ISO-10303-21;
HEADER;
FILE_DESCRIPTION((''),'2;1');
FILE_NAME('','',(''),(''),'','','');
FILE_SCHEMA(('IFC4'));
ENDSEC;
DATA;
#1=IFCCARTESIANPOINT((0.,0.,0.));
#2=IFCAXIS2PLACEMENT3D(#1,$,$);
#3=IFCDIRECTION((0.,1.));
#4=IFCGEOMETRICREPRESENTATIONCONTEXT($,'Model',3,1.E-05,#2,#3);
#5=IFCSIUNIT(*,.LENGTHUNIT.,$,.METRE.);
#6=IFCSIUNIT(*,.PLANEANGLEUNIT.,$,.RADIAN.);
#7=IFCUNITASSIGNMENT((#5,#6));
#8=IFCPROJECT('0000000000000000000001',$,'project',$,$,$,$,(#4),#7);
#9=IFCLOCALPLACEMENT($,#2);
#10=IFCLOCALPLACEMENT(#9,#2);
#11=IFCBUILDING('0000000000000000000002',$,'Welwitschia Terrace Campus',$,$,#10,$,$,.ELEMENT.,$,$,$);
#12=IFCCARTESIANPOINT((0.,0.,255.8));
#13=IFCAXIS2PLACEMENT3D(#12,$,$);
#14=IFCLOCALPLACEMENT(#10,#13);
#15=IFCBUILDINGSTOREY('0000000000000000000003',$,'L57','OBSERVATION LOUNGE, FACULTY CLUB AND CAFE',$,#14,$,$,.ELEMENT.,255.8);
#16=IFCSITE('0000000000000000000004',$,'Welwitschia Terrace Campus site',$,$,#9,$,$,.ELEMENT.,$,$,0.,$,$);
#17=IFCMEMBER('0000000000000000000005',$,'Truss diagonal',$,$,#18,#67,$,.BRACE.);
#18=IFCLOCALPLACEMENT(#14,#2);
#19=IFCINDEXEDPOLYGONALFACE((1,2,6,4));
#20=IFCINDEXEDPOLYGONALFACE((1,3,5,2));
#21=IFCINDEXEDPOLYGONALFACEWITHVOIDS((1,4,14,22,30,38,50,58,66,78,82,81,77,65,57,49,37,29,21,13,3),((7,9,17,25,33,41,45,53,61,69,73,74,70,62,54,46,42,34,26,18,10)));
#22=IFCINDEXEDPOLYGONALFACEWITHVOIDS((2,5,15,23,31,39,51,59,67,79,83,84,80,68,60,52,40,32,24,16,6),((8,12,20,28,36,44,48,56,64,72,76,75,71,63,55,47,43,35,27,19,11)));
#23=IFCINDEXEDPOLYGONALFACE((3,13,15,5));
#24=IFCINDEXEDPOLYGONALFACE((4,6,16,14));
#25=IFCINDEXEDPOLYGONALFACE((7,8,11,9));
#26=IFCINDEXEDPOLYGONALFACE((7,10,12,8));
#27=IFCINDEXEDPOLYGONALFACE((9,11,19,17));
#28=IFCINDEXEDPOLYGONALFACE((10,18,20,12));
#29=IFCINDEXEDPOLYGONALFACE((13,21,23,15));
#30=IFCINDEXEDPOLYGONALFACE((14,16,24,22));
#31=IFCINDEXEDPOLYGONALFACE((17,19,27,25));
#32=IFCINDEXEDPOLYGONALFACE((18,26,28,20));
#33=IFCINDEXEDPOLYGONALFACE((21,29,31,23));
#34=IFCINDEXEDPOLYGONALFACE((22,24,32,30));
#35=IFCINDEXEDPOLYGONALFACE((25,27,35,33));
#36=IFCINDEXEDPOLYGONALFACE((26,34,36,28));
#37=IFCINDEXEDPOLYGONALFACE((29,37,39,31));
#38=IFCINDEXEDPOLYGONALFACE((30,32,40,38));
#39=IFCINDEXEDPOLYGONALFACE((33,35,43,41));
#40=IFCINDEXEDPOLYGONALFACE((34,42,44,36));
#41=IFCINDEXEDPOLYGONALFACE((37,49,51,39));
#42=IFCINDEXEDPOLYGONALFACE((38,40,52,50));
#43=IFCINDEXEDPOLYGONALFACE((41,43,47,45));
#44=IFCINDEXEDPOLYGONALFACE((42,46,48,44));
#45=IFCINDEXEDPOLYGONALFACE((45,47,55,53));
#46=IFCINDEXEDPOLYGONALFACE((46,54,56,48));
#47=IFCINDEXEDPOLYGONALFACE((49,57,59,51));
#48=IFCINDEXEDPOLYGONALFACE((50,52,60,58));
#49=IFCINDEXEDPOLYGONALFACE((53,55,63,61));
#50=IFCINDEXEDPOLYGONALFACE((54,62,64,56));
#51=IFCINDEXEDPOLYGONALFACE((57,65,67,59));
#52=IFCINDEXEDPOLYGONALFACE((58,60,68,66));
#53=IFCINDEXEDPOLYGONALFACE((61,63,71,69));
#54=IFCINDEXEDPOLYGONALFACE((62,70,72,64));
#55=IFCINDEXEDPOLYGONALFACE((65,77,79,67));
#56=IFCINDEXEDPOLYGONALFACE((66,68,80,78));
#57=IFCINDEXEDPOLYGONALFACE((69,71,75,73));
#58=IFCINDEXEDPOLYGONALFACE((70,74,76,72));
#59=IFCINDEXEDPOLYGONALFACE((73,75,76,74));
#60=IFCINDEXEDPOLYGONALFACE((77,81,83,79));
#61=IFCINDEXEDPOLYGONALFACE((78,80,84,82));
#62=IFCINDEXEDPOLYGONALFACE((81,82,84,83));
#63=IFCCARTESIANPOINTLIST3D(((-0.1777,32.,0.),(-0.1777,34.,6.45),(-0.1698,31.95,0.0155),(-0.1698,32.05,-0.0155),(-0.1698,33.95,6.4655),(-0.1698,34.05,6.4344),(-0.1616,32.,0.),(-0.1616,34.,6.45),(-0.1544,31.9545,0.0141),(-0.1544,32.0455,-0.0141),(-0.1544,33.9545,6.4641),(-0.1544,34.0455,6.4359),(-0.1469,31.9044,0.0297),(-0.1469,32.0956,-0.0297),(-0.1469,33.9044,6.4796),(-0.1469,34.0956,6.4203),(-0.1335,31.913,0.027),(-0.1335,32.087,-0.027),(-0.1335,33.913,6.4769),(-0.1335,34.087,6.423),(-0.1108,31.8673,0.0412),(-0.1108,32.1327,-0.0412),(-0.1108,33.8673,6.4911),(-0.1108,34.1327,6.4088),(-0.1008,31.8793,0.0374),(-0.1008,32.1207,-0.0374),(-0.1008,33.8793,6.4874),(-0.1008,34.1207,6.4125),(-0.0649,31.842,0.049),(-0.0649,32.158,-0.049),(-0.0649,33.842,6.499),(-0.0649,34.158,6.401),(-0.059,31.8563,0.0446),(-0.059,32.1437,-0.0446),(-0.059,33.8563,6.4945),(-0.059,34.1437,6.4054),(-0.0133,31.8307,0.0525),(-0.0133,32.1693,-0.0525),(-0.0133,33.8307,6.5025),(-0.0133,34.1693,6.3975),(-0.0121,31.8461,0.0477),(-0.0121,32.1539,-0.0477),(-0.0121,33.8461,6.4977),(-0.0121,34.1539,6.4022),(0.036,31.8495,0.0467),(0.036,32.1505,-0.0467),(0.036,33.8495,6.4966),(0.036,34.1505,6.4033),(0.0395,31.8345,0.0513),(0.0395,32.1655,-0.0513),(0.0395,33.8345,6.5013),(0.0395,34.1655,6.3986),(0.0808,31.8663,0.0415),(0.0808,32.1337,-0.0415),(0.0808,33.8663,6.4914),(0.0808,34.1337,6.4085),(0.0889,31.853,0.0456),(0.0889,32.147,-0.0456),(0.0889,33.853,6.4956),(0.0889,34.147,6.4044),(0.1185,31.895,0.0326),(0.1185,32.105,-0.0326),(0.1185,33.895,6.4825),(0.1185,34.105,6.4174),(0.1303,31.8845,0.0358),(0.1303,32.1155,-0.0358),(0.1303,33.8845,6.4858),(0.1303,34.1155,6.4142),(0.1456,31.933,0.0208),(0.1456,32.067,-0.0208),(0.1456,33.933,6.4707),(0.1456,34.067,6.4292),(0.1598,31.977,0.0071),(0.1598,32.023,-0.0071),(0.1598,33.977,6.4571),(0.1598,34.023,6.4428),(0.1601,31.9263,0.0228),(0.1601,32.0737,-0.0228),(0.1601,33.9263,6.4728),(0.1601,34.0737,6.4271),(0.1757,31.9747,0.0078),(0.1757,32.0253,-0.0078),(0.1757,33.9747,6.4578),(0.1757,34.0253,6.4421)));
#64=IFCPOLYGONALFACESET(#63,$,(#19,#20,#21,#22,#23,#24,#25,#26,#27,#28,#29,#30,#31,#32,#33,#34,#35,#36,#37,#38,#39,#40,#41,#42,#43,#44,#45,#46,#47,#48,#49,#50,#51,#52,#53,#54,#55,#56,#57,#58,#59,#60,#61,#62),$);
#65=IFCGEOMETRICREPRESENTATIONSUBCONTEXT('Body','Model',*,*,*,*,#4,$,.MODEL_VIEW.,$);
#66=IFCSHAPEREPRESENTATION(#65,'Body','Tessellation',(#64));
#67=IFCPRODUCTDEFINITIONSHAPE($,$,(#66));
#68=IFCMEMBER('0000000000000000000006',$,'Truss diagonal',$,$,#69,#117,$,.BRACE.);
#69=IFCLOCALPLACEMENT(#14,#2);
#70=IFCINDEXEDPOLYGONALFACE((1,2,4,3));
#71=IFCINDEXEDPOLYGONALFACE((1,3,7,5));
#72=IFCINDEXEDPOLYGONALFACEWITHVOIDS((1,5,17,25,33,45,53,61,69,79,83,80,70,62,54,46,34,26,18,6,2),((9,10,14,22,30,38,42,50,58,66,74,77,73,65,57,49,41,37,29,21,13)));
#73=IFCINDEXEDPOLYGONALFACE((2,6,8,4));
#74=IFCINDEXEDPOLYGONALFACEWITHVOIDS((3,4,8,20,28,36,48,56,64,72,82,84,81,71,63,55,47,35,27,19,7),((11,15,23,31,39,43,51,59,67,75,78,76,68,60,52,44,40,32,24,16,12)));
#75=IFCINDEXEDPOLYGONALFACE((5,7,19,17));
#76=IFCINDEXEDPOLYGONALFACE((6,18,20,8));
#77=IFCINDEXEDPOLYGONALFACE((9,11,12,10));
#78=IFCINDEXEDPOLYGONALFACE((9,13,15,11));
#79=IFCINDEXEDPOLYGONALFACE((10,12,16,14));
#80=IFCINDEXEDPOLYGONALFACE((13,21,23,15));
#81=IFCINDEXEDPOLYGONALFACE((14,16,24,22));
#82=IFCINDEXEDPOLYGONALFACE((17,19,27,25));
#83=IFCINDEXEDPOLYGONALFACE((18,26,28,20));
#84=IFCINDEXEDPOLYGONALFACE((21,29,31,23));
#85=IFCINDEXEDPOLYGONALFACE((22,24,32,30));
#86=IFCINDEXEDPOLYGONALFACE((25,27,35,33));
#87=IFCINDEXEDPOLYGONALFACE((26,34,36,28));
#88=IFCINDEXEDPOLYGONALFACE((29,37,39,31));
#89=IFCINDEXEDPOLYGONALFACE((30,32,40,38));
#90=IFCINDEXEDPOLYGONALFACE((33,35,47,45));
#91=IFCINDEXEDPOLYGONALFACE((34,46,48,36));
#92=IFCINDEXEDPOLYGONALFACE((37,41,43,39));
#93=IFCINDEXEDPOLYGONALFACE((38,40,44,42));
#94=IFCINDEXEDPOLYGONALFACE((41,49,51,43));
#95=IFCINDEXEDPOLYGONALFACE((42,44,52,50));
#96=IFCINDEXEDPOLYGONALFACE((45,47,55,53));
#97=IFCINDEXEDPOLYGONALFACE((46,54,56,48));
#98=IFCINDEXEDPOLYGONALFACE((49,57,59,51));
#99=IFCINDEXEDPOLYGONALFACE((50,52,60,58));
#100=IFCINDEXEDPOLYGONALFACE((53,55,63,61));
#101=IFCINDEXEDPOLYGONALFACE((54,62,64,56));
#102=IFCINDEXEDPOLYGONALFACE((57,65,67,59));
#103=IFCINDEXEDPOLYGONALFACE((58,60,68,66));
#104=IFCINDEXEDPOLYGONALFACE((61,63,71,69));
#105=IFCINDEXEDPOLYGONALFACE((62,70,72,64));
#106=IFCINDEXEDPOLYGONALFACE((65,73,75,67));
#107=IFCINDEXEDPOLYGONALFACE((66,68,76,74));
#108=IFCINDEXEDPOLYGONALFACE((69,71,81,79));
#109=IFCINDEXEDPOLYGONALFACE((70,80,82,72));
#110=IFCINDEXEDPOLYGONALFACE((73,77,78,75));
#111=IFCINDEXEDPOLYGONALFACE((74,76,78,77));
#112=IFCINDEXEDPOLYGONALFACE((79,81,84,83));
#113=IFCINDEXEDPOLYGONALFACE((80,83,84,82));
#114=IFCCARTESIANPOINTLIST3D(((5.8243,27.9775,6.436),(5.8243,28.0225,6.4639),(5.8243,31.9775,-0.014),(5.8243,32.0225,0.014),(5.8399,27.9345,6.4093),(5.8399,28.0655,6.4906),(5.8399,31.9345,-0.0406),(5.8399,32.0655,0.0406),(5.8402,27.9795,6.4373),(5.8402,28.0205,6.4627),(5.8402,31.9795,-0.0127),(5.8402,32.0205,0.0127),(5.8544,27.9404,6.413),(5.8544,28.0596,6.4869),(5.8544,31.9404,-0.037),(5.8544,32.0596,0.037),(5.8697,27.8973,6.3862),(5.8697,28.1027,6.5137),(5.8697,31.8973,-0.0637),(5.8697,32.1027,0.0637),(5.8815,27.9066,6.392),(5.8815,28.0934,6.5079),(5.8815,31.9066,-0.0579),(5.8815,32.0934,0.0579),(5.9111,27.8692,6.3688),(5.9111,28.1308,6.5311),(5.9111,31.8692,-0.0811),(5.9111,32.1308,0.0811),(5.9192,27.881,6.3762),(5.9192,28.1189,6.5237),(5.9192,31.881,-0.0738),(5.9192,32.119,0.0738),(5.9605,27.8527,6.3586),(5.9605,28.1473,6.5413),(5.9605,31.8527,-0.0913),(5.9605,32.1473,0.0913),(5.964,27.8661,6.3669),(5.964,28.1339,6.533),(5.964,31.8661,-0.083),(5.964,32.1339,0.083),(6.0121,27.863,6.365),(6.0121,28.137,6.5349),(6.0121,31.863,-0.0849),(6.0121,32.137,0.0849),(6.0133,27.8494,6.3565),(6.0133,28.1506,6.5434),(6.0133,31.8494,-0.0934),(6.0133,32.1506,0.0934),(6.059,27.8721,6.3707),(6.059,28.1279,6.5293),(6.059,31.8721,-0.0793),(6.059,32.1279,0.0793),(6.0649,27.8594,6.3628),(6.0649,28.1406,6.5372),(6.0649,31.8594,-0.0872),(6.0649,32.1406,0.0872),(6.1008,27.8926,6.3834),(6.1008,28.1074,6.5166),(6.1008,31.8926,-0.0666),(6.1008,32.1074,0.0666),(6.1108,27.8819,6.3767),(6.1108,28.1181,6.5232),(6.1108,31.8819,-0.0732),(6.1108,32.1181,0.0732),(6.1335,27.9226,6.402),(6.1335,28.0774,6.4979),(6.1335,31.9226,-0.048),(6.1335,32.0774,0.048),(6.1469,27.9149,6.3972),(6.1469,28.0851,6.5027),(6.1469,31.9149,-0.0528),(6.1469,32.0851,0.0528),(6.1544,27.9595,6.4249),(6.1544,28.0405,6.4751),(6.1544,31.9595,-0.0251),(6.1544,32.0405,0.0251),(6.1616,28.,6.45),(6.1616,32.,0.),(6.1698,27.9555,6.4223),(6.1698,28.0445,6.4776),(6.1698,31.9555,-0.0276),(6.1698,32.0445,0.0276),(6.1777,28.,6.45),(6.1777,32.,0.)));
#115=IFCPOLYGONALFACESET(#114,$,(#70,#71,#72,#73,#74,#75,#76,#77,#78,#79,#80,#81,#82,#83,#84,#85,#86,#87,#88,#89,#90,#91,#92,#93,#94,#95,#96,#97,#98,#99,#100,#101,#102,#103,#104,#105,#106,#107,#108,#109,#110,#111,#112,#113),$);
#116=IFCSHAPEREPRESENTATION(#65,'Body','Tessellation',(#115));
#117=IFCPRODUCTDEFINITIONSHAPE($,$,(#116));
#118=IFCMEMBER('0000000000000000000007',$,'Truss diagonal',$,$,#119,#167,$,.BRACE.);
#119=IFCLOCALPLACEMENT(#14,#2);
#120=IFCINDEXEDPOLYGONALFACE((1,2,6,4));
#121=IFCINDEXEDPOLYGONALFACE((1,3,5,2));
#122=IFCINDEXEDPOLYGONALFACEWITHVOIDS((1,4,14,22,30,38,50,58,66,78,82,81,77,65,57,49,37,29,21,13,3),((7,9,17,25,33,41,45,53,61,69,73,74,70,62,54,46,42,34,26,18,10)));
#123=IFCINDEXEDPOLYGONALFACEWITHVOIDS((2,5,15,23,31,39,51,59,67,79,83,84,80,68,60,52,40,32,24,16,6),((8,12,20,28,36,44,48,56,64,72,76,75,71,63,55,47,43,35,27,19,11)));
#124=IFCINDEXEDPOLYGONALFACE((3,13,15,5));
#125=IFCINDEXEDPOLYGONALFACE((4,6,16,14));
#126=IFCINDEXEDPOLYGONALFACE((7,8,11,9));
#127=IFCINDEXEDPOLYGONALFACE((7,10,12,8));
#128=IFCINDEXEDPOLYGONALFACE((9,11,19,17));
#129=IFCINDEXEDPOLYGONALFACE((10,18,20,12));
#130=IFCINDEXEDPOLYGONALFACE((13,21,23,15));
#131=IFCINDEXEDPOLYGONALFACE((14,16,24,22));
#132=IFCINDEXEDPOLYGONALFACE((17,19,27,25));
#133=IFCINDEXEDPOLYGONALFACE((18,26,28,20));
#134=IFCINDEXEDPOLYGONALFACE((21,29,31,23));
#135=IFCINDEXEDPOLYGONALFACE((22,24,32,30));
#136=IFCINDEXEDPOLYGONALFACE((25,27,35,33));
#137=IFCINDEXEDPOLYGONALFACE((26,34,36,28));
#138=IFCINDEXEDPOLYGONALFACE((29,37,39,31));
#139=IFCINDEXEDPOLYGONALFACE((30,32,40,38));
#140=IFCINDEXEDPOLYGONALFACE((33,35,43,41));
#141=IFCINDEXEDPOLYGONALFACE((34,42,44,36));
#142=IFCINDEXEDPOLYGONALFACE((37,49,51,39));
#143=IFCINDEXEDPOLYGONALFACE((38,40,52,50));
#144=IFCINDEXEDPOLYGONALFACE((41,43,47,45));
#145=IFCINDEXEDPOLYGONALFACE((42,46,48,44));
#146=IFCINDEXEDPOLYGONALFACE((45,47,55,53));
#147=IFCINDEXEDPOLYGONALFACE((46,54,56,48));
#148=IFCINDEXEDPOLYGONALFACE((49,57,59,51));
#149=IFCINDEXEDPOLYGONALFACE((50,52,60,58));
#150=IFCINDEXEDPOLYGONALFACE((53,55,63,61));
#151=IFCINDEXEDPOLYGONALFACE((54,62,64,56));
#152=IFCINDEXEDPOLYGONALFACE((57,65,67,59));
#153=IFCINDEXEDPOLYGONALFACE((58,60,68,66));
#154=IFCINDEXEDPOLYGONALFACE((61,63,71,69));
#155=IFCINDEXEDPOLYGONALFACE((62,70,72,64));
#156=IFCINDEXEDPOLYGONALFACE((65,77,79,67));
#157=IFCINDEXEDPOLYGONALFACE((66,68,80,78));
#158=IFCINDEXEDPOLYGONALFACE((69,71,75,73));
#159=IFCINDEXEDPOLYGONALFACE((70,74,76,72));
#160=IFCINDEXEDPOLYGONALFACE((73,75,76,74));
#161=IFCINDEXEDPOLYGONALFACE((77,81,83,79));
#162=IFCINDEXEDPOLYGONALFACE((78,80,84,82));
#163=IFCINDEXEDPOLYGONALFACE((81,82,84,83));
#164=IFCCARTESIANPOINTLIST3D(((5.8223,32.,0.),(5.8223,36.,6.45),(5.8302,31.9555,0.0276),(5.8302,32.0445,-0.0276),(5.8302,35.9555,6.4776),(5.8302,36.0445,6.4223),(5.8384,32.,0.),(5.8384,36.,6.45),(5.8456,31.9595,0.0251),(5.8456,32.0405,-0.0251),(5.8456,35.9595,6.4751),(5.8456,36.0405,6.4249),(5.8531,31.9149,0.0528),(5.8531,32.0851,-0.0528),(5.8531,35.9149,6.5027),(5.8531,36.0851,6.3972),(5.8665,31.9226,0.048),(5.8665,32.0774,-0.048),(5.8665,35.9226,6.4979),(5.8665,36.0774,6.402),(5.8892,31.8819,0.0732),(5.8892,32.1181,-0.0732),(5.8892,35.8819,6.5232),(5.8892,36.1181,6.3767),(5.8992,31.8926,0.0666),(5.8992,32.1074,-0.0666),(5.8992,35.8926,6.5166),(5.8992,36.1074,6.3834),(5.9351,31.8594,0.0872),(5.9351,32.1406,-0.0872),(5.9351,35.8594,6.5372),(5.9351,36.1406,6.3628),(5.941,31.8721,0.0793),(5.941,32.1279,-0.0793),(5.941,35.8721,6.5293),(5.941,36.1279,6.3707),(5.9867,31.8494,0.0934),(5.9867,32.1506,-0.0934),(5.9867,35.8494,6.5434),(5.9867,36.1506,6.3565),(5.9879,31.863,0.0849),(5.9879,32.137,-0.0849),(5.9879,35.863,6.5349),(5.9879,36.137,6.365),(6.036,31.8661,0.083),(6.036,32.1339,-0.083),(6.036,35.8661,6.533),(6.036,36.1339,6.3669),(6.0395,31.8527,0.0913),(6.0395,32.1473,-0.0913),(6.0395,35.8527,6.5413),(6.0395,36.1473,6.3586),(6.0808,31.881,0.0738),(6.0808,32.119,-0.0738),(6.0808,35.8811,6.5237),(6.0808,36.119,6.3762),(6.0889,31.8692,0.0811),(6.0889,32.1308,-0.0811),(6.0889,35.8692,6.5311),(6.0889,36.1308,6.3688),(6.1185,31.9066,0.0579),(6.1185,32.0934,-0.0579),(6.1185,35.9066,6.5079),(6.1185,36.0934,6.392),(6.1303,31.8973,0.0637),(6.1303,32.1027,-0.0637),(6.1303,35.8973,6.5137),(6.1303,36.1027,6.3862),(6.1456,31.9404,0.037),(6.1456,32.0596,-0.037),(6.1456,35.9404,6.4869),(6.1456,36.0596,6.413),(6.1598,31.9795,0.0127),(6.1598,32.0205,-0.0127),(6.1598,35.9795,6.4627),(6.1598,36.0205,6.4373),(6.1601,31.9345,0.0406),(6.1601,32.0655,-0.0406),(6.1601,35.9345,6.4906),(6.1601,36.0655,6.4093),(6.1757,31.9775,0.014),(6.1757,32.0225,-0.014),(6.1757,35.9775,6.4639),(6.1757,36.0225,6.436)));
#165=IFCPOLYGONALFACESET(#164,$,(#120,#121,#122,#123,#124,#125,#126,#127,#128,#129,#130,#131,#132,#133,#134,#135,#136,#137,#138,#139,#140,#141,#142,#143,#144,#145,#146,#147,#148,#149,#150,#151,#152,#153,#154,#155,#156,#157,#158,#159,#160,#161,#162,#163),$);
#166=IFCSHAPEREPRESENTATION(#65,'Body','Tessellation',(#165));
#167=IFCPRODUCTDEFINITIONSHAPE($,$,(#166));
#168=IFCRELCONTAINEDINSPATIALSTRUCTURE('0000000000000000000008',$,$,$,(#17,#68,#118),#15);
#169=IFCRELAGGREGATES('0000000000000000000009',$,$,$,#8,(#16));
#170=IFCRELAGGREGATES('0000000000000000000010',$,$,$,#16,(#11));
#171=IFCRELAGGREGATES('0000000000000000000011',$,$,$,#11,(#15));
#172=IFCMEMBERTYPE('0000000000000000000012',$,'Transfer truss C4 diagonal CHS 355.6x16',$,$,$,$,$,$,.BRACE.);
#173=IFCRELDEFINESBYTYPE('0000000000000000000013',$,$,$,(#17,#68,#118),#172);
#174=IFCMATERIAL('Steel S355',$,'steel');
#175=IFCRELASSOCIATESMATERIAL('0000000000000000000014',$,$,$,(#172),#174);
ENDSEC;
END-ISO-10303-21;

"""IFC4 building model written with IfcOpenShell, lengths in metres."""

from ifc_helpers import new_model, si_unit, direction, frame, origin, origin_2d, place, context, subcontext, project, spatial, hollow_circle, extrude, material, material_profile, profile_set, type_object, element, save


model = new_model("IFC4")

# Units and contexts
model_context = context("Model", 3, precision=1e-05, world=origin(), true_north=direction((0.0, 1.0)))
body_context = subcontext(model_context, "Body", "Model", "MODEL_VIEW")
ifc_project = project(units=[si_unit("LENGTHUNIT", "METRE"), si_unit("PLANEANGLEUNIT", "RADIAN")], contexts=[model_context])

# Site, building, storey
site_placement = place(None, origin())
site = spatial("IfcSite", under=ifc_project, at=site_placement, Name="Welwitschia Terrace Campus site", CompositionType="ELEMENT", RefElevation=0.0)
building_placement = place(site_placement, origin())
building = spatial("IfcBuilding", under=site, at=building_placement, Name="Welwitschia Terrace Campus", CompositionType="ELEMENT")
storey_placement = place(building_placement, frame((0.0, 0.0, 255.8)))
storey = spatial("IfcBuildingStorey", under=building, at=storey_placement, Name="L57", Description="OBSERVATION LOUNGE, FACULTY CLUB AND CAFE", CompositionType="ELEMENT", Elevation=255.8)

# Members
ifc_material_1 = material(Name="Steel S355", Category="steel")
ifc_material_profile_1 = material_profile(ifc_material_1, hollow_circle(Radius=0.1777, WallThickness=0.0161, at=origin_2d()))
ifc_profile_set_1 = profile_set([ifc_material_profile_1], Name="Steel S355")
member_type_1 = type_object("IfcMemberType", Name="Transfer truss C4 diagonal CHS 355.6x16", PredefinedType="BRACE", material=ifc_profile_set_1)
member_1_placement = place(storey_placement, frame((0.0, 32.0, 0.0), z_axis=(0.0, 0.296168, 0.955136), x_axis=(-1.0, 0.0, 0.0)))
element("IfcMember", 1, at=member_1_placement, inside=storey, type_object=member_type_1, Name="Truss diagonal", PredefinedType="BRACE", context=body_context, shape_type="SweptSolid", body=[
    extrude(hollow_circle(Radius=0.1777, WallThickness=0.0161, at=origin_2d()), origin(), (0.0, 0.0, 1.0), 6.7529),
])
for number, where, z_axis, x_axis, name in (
    (2, (6.0, 32.0, 0.0), (0.0, -0.527038, 0.849842), (1.0, 0.0, 0.0), "Truss diagonal"),
    (3, (6.0, 32.0, 0.0), (0.0, 0.527038, 0.849842), (-1.0, 0.0, 0.0), "Truss diagonal"),
):
    element("IfcMember", number, at=place(storey_placement, frame(where, z_axis=z_axis, x_axis=x_axis)), inside=storey, type_object=member_type_1, Name=name, PredefinedType="BRACE", context=body_context, shape_type="SweptSolid", body=[
        extrude(hollow_circle(Radius=0.1777, WallThickness=0.0161, at=origin_2d()), origin(), (0.0, 0.0, 1.0), 7.5896),
    ])

save(model, "model.ifc")
